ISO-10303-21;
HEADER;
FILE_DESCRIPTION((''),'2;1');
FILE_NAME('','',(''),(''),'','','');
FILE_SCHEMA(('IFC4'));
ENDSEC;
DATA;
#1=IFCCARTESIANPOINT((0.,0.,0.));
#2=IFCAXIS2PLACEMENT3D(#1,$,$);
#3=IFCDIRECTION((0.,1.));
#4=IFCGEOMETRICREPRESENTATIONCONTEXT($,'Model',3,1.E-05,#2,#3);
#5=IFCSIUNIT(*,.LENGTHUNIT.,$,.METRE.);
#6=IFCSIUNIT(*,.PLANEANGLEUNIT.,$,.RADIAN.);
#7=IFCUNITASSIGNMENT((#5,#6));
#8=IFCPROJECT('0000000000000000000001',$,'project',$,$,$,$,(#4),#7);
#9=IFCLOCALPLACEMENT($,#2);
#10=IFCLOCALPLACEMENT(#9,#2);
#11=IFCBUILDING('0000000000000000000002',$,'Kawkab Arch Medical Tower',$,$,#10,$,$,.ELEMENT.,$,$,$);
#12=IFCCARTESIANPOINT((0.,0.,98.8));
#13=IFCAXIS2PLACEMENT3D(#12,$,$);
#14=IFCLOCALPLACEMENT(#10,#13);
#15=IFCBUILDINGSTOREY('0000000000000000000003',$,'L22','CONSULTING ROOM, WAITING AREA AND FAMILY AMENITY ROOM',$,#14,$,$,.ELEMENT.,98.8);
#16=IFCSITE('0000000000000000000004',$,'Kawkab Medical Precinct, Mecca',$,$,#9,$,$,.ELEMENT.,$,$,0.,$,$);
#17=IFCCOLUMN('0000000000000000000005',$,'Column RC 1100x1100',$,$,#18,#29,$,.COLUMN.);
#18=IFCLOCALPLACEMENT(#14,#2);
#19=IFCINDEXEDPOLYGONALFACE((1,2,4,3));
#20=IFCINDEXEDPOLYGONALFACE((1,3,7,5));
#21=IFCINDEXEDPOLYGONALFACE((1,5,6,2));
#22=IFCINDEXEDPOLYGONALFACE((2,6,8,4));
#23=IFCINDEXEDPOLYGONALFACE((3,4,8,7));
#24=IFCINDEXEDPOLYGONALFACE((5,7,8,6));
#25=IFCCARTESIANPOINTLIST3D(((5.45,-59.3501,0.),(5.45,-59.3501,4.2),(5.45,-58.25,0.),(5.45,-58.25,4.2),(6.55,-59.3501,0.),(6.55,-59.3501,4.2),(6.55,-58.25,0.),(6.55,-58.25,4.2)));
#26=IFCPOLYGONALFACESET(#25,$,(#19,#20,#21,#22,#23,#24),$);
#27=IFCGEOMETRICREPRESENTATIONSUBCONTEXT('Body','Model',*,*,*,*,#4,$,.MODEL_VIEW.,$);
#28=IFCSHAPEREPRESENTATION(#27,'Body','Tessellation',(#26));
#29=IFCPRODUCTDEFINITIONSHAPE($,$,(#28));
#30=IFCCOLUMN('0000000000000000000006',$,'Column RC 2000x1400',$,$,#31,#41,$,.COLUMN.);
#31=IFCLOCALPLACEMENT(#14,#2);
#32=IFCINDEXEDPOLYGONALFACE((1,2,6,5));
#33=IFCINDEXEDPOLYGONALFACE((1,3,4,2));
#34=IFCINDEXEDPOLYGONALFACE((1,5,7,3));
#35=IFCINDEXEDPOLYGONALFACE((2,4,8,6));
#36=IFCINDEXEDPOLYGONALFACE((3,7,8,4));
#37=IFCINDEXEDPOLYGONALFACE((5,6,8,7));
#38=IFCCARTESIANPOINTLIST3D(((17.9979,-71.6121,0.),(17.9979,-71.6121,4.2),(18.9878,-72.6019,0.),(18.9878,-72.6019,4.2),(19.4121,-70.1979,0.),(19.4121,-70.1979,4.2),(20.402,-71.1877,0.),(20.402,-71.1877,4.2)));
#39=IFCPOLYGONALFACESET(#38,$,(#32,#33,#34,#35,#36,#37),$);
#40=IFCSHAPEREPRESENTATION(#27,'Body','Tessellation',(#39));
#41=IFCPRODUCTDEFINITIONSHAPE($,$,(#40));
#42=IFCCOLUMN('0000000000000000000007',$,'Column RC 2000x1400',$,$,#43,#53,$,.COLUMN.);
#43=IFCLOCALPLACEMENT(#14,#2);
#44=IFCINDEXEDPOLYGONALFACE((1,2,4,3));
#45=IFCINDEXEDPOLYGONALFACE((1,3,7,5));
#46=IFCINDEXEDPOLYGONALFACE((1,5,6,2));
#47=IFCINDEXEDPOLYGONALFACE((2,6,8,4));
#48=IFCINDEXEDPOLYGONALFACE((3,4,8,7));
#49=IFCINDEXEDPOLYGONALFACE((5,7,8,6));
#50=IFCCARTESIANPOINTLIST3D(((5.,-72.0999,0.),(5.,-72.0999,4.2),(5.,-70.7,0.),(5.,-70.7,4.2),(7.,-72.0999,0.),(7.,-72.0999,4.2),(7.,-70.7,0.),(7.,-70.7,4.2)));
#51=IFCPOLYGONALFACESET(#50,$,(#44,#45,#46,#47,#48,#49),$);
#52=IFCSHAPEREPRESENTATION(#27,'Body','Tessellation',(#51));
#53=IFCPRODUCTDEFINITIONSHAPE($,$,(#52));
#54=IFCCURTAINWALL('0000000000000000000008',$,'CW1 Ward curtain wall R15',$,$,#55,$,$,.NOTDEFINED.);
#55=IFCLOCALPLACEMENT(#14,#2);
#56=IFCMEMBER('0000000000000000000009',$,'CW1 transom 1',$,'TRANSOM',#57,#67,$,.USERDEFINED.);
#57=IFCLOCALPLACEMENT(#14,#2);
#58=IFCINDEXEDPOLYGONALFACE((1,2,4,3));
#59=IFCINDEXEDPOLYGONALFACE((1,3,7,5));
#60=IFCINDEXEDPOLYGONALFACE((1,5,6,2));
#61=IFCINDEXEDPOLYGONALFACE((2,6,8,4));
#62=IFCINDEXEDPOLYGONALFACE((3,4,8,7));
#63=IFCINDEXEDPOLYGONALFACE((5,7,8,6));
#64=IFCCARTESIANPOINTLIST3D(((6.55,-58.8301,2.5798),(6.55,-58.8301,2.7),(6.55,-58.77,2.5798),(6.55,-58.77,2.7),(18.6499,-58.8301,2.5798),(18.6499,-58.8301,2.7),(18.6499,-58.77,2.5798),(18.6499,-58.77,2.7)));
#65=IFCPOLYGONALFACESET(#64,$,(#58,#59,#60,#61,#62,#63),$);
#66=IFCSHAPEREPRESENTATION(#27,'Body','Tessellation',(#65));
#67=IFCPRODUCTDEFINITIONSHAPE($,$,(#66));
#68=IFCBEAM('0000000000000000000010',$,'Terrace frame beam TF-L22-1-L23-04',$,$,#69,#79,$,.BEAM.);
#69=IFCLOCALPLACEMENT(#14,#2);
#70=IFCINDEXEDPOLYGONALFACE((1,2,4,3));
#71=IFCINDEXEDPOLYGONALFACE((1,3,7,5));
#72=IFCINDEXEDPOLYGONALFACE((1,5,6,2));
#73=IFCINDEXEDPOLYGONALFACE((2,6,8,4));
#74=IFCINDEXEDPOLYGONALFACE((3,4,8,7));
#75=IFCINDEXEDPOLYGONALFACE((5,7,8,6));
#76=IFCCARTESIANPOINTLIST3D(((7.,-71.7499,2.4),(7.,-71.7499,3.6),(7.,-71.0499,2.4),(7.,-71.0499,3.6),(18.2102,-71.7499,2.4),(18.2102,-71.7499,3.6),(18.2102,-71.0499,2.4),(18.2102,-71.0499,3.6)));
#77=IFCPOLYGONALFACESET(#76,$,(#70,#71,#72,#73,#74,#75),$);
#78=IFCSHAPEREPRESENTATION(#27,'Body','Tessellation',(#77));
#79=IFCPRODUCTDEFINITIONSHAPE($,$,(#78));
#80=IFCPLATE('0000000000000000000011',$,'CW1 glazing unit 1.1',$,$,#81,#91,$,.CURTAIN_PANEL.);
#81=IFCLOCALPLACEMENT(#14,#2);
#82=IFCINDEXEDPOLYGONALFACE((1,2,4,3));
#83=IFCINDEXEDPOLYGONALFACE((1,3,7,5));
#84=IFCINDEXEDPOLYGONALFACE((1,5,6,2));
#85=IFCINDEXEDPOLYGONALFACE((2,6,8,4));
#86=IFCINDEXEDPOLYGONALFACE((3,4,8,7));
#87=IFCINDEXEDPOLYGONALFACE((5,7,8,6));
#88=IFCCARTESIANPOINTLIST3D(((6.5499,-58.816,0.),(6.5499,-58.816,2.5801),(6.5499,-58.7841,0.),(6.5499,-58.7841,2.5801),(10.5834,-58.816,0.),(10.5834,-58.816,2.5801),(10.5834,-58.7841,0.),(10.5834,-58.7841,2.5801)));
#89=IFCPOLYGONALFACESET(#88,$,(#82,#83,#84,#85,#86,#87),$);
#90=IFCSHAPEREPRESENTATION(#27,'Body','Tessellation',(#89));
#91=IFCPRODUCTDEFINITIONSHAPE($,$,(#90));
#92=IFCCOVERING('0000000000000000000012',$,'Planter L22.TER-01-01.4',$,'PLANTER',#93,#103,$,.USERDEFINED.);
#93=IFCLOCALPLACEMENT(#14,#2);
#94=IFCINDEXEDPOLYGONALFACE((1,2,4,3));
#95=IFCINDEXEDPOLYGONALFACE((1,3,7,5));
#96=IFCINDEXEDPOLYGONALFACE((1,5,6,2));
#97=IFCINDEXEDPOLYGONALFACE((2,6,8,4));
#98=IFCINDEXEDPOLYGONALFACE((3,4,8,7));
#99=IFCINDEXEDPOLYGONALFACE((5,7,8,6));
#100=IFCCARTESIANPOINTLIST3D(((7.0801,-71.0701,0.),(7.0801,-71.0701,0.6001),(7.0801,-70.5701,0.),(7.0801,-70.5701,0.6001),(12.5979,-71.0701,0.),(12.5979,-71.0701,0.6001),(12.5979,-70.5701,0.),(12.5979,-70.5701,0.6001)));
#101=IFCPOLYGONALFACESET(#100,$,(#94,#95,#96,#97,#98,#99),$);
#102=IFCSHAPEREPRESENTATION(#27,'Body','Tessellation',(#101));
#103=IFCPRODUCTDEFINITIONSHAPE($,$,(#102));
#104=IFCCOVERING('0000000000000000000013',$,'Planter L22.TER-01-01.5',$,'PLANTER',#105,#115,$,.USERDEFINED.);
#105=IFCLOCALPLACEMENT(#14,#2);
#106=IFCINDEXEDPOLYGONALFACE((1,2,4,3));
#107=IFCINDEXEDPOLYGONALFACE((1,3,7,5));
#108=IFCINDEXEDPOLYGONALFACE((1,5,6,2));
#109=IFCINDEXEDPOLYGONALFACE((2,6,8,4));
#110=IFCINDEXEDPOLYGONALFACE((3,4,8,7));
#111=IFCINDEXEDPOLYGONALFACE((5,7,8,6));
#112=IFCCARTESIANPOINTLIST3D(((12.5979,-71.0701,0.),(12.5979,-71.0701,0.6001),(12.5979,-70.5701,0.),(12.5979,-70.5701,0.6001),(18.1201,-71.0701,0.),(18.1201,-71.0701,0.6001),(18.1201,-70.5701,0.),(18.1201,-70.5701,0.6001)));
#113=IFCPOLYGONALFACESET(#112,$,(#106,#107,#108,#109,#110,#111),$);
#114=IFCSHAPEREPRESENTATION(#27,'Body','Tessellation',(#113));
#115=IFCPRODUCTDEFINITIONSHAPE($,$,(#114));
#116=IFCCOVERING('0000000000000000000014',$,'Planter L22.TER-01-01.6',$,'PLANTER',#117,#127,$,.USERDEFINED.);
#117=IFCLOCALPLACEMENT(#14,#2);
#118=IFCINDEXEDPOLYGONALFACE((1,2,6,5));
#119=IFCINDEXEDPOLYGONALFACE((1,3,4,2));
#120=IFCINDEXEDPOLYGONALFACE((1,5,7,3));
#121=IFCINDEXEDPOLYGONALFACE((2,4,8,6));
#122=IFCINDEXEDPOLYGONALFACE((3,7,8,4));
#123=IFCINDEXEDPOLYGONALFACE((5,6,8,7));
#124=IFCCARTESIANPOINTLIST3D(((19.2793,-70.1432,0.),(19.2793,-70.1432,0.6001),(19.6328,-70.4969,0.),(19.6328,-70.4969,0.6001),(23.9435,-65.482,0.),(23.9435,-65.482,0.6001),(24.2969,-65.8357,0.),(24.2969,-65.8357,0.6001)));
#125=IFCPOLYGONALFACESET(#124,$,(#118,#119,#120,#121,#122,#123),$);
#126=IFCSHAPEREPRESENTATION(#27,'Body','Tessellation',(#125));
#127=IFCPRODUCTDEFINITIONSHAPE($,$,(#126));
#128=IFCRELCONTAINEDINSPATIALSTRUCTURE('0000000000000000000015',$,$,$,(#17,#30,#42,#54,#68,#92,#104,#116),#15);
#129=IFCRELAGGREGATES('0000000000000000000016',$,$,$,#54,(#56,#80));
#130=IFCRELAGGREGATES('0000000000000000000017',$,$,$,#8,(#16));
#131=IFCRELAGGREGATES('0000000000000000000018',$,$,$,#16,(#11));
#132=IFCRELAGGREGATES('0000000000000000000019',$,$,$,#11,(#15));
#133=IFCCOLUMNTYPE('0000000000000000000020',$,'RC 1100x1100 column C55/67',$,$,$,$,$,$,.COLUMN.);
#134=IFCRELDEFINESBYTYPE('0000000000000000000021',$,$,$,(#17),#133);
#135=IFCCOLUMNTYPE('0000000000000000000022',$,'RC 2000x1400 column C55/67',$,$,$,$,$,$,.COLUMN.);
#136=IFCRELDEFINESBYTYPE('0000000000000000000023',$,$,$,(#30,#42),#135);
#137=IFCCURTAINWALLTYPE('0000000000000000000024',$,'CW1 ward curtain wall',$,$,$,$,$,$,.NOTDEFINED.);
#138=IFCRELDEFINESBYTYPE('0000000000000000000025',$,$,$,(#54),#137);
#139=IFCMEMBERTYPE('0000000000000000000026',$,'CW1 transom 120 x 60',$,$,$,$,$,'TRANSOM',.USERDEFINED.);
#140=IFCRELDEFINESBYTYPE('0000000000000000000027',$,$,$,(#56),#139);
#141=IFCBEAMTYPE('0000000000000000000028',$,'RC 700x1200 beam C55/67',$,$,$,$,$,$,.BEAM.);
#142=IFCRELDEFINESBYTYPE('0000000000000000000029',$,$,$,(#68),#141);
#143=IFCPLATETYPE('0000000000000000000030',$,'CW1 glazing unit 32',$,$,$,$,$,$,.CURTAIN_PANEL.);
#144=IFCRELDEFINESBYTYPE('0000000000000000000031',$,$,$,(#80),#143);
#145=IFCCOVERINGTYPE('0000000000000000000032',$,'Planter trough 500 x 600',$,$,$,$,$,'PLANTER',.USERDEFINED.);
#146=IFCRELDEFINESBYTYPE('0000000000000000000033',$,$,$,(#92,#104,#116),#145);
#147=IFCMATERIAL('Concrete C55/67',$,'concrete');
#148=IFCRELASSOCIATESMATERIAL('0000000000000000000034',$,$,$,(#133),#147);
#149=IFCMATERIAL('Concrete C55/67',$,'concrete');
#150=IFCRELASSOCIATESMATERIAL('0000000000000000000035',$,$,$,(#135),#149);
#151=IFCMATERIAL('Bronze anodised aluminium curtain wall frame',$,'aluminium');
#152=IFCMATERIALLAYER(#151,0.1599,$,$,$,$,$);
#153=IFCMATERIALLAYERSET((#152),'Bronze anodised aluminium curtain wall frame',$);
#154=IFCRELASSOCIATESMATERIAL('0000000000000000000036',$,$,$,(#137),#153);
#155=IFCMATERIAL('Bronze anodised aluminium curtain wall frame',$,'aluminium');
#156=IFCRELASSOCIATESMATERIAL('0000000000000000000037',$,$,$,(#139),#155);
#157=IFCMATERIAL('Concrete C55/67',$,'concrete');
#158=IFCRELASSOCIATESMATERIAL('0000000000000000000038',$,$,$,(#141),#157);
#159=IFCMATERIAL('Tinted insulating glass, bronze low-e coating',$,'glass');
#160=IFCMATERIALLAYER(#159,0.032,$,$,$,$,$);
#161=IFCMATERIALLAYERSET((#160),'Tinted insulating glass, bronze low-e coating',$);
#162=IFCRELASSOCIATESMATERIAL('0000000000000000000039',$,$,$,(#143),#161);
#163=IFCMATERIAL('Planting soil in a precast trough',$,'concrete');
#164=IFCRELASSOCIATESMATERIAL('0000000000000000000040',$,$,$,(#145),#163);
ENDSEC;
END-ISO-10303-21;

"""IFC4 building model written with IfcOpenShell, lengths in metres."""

from ifc_helpers import new_model, si_unit, direction, frame, origin, origin_2d, place, context, subcontext, project, spatial, rectangle, extrude, material, layer, layer_set, material_profile, profile_set, type_object, element, aggregate, save


model = new_model("IFC4")

# Units and contexts
model_context = context("Model", 3, precision=1e-05, world=origin(), true_north=direction((0.0, 1.0)))
body_context = subcontext(model_context, "Body", "Model", "MODEL_VIEW")
ifc_project = project(units=[si_unit("LENGTHUNIT", "METRE"), si_unit("PLANEANGLEUNIT", "RADIAN")], contexts=[model_context])

# Site, building, storey
site_placement = place(None, origin())
site = spatial("IfcSite", under=ifc_project, at=site_placement, Name="Kawkab Medical Precinct, Mecca", CompositionType="ELEMENT", RefElevation=0.0)
building_placement = place(site_placement, origin())
building = spatial("IfcBuilding", under=site, at=building_placement, Name="Kawkab Arch Medical Tower", CompositionType="ELEMENT")
storey_placement = place(building_placement, frame((0.0, 0.0, 98.8)))
storey = spatial("IfcBuildingStorey", under=building, at=storey_placement, Name="L22", Description="CONSULTING ROOM, WAITING AREA AND FAMILY AMENITY ROOM", CompositionType="ELEMENT", Elevation=98.8)

# Columns
ifc_material_1 = material(Name="Concrete C55/67", Category="concrete")
ifc_material_profile_1 = material_profile(ifc_material_1, rectangle(XDim=1.1001, YDim=1.1001, at=origin_2d()), Name="RC 1100x1100")
ifc_profile_set_1 = profile_set([ifc_material_profile_1], Name="Concrete C55/67")
column_type_1 = type_object("IfcColumnType", Name="RC 1100x1100 column C55/67", PredefinedType="COLUMN", material=ifc_profile_set_1)
column_placement = place(storey_placement, frame((6.0, -58.8, 0.0), z_axis=(0.0, 0.0, 1.0), x_axis=(1.0, 0.0, 0.0)))
element("IfcColumn", 1, at=column_placement, inside=storey, type_object=column_type_1, Name="Column RC 1100x1100", PredefinedType="COLUMN", context=body_context, shape_type="SweptSolid", body=[
    extrude(rectangle(XDim=1.1001, YDim=1.1001, at=origin_2d()), origin(), (0.0, 0.0, 1.0), 4.2),
])
ifc_material_2 = material(Name="Concrete C55/67", Category="concrete")
ifc_material_profile_2 = material_profile(ifc_material_2, rectangle(XDim=2.0, YDim=1.3999, at=origin_2d()), Name="RC 2000x1400")
ifc_profile_set_2 = profile_set([ifc_material_profile_2], Name="Concrete C55/67")
column_type_2 = type_object("IfcColumnType", Name="RC 2000x1400 column C55/67", PredefinedType="COLUMN", material=ifc_profile_set_2)
for number, where, z_axis, x_axis, name in (
    (2, (19.2, -71.3999, 0.0), (0.0, 0.0, 1.0), (-0.707107, -0.707107, 0.0), "Column RC 2000x1400"),
    (3, (6.0, -71.3999, 0.0), (0.0, 0.0, 1.0), (-1.0, 0.0, 0.0), "Column RC 2000x1400"),
):
    element("IfcColumn", number, at=place(storey_placement, frame(where, z_axis=z_axis, x_axis=x_axis)), inside=storey, type_object=column_type_2, Name=name, PredefinedType="COLUMN", context=body_context, shape_type="SweptSolid", body=[
        extrude(rectangle(XDim=2.0, YDim=1.3999, at=origin_2d()), origin(), (0.0, 0.0, 1.0), 4.2),
    ])

# Curtain wall, member
ifc_material_3 = material(Name="Bronze anodised aluminium curtain wall frame", Category="aluminium")
ifc_layer_1 = layer(ifc_material_3, 0.1599)
ifc_layer_set_1 = layer_set([ifc_layer_1], Name="Bronze anodised aluminium curtain wall frame")
curtain_wall_type = type_object("IfcCurtainWallType", Name="CW1 ward curtain wall", PredefinedType="NOTDEFINED", material=ifc_layer_set_1)
curtain_wall_placement = place(storey_placement, origin())
curtain_wall = element("IfcCurtainWall", 4, at=curtain_wall_placement, inside=storey, type_object=curtain_wall_type, Name="CW1 Ward curtain wall R15", PredefinedType="NOTDEFINED")
ifc_material_4 = material(Name="Bronze anodised aluminium curtain wall frame", Category="aluminium")
ifc_material_profile_3 = material_profile(ifc_material_4, rectangle(XDim=0.0601, YDim=0.1201, at=origin_2d()), Name="AL 60x120")
ifc_profile_set_3 = profile_set([ifc_material_profile_3], Name="Bronze anodised aluminium curtain wall frame")
member_type = type_object("IfcMemberType", Name="CW1 transom 120 x 60", ElementType="TRANSOM", PredefinedType="USERDEFINED", material=ifc_profile_set_3)
member_placement = place(storey_placement, frame((6.55, -58.8, 2.6399), z_axis=(1.0, 0.0, 0.0), x_axis=(0.0, 1.0, 0.0)))
member = element("IfcMember", 5, at=member_placement, type_object=member_type, Name="CW1 transom 1", ObjectType="TRANSOM", PredefinedType="USERDEFINED", context=body_context, shape_type="SweptSolid", body=[
    extrude(rectangle(XDim=0.0601, YDim=0.1201, at=origin_2d()), origin(), (0.0, 0.0, 1.0), 12.0999),
])

# Beam
ifc_material_5 = material(Name="Concrete C55/67", Category="concrete")
ifc_material_profile_4 = material_profile(ifc_material_5, rectangle(XDim=0.7, YDim=1.2, at=origin_2d()), Name="RC 700x1200")
ifc_profile_set_4 = profile_set([ifc_material_profile_4], Name="Concrete C55/67")
beam_type = type_object("IfcBeamType", Name="RC 700x1200 beam C55/67", PredefinedType="BEAM", material=ifc_profile_set_4)
beam_placement = place(storey_placement, frame((18.2102, -71.3999, 3.0), z_axis=(-1.0, 0.0, 0.0), x_axis=(0.0, -1.0, 0.0)))
element("IfcBeam", 6, at=beam_placement, inside=storey, type_object=beam_type, Name="Terrace frame beam TF-L22-1-L23-04", PredefinedType="BEAM", context=body_context, shape_type="SweptSolid", body=[
    extrude(rectangle(XDim=0.7, YDim=1.2, at=origin_2d()), origin(), (0.0, 0.0, 1.0), 11.2102),
])

# Plate
ifc_material_6 = material(Name="Tinted insulating glass, bronze low-e coating", Category="glass")
ifc_layer_2 = layer(ifc_material_6, 0.032)
ifc_layer_set_2 = layer_set([ifc_layer_2], Name="Tinted insulating glass, bronze low-e coating")
plate_type = type_object("IfcPlateType", Name="CW1 glazing unit 32", PredefinedType="CURTAIN_PANEL", material=ifc_layer_set_2)
plate_placement = place(storey_placement, frame((8.5667, -58.8, 0.0), z_axis=(0.0, 0.0, 1.0), x_axis=(1.0, 0.0, 0.0)))
plate = element("IfcPlate", 7, at=plate_placement, type_object=plate_type, Name="CW1 glazing unit 1.1", PredefinedType="CURTAIN_PANEL", context=body_context, shape_type="SweptSolid", body=[
    extrude(rectangle(XDim=4.0334, YDim=0.032, at=origin_2d()), origin(), (0.0, 0.0, 1.0), 2.5801),
])
aggregate(curtain_wall, [member, plate])

# Coverings
ifc_material_7 = material(Name="Planting soil in a precast trough", Category="concrete")
ifc_material_profile_5 = material_profile(ifc_material_7, rectangle(XDim=0.5, YDim=0.6001, at=origin_2d()), Name="Trough 500x600")
ifc_profile_set_5 = profile_set([ifc_material_profile_5], Name="Planting soil in a precast trough")
covering_type = type_object("IfcCoveringType", Name="Planter trough 500 x 600", ElementType="PLANTER", PredefinedType="USERDEFINED", material=ifc_profile_set_5)
covering_1_placement = place(storey_placement, frame((7.0801, -70.8201, 0.3), z_axis=(1.0, 0.0, 0.0), x_axis=(0.0, 1.0, 0.0)))
element("IfcCovering", 8, at=covering_1_placement, inside=storey, type_object=covering_type, Name="Planter L22.TER-01-01.4", ObjectType="PLANTER", PredefinedType="USERDEFINED", context=body_context, shape_type="SweptSolid", body=[
    extrude(rectangle(XDim=0.5, YDim=0.6001, at=origin_2d()), origin(), (0.0, 0.0, 1.0), 5.5178),
])
covering_2_placement = place(storey_placement, frame((12.5979, -70.8201, 0.3), z_axis=(1.0, 0.0, 0.0), x_axis=(0.0, 1.0, 0.0)))
element("IfcCovering", 9, at=covering_2_placement, inside=storey, type_object=covering_type, Name="Planter L22.TER-01-01.5", ObjectType="PLANTER", PredefinedType="USERDEFINED", context=body_context, shape_type="SweptSolid", body=[
    extrude(rectangle(XDim=0.5, YDim=0.6001, at=origin_2d()), origin(), (0.0, 0.0, 1.0), 5.5222),
])
covering_3_placement = place(storey_placement, frame((19.4561, -70.3201, 0.3), z_axis=(0.707329, 0.706885, 0.0), x_axis=(-0.706885, 0.707329, 0.0)))
element("IfcCovering", 10, at=covering_3_placement, inside=storey, type_object=covering_type, Name="Planter L22.TER-01-01.6", ObjectType="PLANTER", PredefinedType="USERDEFINED", context=body_context, shape_type="SweptSolid", body=[
    extrude(rectangle(XDim=0.5, YDim=0.6001, at=origin_2d()), origin(), (0.0, 0.0, 1.0), 6.594),
])

save(model, "model.ifc")
